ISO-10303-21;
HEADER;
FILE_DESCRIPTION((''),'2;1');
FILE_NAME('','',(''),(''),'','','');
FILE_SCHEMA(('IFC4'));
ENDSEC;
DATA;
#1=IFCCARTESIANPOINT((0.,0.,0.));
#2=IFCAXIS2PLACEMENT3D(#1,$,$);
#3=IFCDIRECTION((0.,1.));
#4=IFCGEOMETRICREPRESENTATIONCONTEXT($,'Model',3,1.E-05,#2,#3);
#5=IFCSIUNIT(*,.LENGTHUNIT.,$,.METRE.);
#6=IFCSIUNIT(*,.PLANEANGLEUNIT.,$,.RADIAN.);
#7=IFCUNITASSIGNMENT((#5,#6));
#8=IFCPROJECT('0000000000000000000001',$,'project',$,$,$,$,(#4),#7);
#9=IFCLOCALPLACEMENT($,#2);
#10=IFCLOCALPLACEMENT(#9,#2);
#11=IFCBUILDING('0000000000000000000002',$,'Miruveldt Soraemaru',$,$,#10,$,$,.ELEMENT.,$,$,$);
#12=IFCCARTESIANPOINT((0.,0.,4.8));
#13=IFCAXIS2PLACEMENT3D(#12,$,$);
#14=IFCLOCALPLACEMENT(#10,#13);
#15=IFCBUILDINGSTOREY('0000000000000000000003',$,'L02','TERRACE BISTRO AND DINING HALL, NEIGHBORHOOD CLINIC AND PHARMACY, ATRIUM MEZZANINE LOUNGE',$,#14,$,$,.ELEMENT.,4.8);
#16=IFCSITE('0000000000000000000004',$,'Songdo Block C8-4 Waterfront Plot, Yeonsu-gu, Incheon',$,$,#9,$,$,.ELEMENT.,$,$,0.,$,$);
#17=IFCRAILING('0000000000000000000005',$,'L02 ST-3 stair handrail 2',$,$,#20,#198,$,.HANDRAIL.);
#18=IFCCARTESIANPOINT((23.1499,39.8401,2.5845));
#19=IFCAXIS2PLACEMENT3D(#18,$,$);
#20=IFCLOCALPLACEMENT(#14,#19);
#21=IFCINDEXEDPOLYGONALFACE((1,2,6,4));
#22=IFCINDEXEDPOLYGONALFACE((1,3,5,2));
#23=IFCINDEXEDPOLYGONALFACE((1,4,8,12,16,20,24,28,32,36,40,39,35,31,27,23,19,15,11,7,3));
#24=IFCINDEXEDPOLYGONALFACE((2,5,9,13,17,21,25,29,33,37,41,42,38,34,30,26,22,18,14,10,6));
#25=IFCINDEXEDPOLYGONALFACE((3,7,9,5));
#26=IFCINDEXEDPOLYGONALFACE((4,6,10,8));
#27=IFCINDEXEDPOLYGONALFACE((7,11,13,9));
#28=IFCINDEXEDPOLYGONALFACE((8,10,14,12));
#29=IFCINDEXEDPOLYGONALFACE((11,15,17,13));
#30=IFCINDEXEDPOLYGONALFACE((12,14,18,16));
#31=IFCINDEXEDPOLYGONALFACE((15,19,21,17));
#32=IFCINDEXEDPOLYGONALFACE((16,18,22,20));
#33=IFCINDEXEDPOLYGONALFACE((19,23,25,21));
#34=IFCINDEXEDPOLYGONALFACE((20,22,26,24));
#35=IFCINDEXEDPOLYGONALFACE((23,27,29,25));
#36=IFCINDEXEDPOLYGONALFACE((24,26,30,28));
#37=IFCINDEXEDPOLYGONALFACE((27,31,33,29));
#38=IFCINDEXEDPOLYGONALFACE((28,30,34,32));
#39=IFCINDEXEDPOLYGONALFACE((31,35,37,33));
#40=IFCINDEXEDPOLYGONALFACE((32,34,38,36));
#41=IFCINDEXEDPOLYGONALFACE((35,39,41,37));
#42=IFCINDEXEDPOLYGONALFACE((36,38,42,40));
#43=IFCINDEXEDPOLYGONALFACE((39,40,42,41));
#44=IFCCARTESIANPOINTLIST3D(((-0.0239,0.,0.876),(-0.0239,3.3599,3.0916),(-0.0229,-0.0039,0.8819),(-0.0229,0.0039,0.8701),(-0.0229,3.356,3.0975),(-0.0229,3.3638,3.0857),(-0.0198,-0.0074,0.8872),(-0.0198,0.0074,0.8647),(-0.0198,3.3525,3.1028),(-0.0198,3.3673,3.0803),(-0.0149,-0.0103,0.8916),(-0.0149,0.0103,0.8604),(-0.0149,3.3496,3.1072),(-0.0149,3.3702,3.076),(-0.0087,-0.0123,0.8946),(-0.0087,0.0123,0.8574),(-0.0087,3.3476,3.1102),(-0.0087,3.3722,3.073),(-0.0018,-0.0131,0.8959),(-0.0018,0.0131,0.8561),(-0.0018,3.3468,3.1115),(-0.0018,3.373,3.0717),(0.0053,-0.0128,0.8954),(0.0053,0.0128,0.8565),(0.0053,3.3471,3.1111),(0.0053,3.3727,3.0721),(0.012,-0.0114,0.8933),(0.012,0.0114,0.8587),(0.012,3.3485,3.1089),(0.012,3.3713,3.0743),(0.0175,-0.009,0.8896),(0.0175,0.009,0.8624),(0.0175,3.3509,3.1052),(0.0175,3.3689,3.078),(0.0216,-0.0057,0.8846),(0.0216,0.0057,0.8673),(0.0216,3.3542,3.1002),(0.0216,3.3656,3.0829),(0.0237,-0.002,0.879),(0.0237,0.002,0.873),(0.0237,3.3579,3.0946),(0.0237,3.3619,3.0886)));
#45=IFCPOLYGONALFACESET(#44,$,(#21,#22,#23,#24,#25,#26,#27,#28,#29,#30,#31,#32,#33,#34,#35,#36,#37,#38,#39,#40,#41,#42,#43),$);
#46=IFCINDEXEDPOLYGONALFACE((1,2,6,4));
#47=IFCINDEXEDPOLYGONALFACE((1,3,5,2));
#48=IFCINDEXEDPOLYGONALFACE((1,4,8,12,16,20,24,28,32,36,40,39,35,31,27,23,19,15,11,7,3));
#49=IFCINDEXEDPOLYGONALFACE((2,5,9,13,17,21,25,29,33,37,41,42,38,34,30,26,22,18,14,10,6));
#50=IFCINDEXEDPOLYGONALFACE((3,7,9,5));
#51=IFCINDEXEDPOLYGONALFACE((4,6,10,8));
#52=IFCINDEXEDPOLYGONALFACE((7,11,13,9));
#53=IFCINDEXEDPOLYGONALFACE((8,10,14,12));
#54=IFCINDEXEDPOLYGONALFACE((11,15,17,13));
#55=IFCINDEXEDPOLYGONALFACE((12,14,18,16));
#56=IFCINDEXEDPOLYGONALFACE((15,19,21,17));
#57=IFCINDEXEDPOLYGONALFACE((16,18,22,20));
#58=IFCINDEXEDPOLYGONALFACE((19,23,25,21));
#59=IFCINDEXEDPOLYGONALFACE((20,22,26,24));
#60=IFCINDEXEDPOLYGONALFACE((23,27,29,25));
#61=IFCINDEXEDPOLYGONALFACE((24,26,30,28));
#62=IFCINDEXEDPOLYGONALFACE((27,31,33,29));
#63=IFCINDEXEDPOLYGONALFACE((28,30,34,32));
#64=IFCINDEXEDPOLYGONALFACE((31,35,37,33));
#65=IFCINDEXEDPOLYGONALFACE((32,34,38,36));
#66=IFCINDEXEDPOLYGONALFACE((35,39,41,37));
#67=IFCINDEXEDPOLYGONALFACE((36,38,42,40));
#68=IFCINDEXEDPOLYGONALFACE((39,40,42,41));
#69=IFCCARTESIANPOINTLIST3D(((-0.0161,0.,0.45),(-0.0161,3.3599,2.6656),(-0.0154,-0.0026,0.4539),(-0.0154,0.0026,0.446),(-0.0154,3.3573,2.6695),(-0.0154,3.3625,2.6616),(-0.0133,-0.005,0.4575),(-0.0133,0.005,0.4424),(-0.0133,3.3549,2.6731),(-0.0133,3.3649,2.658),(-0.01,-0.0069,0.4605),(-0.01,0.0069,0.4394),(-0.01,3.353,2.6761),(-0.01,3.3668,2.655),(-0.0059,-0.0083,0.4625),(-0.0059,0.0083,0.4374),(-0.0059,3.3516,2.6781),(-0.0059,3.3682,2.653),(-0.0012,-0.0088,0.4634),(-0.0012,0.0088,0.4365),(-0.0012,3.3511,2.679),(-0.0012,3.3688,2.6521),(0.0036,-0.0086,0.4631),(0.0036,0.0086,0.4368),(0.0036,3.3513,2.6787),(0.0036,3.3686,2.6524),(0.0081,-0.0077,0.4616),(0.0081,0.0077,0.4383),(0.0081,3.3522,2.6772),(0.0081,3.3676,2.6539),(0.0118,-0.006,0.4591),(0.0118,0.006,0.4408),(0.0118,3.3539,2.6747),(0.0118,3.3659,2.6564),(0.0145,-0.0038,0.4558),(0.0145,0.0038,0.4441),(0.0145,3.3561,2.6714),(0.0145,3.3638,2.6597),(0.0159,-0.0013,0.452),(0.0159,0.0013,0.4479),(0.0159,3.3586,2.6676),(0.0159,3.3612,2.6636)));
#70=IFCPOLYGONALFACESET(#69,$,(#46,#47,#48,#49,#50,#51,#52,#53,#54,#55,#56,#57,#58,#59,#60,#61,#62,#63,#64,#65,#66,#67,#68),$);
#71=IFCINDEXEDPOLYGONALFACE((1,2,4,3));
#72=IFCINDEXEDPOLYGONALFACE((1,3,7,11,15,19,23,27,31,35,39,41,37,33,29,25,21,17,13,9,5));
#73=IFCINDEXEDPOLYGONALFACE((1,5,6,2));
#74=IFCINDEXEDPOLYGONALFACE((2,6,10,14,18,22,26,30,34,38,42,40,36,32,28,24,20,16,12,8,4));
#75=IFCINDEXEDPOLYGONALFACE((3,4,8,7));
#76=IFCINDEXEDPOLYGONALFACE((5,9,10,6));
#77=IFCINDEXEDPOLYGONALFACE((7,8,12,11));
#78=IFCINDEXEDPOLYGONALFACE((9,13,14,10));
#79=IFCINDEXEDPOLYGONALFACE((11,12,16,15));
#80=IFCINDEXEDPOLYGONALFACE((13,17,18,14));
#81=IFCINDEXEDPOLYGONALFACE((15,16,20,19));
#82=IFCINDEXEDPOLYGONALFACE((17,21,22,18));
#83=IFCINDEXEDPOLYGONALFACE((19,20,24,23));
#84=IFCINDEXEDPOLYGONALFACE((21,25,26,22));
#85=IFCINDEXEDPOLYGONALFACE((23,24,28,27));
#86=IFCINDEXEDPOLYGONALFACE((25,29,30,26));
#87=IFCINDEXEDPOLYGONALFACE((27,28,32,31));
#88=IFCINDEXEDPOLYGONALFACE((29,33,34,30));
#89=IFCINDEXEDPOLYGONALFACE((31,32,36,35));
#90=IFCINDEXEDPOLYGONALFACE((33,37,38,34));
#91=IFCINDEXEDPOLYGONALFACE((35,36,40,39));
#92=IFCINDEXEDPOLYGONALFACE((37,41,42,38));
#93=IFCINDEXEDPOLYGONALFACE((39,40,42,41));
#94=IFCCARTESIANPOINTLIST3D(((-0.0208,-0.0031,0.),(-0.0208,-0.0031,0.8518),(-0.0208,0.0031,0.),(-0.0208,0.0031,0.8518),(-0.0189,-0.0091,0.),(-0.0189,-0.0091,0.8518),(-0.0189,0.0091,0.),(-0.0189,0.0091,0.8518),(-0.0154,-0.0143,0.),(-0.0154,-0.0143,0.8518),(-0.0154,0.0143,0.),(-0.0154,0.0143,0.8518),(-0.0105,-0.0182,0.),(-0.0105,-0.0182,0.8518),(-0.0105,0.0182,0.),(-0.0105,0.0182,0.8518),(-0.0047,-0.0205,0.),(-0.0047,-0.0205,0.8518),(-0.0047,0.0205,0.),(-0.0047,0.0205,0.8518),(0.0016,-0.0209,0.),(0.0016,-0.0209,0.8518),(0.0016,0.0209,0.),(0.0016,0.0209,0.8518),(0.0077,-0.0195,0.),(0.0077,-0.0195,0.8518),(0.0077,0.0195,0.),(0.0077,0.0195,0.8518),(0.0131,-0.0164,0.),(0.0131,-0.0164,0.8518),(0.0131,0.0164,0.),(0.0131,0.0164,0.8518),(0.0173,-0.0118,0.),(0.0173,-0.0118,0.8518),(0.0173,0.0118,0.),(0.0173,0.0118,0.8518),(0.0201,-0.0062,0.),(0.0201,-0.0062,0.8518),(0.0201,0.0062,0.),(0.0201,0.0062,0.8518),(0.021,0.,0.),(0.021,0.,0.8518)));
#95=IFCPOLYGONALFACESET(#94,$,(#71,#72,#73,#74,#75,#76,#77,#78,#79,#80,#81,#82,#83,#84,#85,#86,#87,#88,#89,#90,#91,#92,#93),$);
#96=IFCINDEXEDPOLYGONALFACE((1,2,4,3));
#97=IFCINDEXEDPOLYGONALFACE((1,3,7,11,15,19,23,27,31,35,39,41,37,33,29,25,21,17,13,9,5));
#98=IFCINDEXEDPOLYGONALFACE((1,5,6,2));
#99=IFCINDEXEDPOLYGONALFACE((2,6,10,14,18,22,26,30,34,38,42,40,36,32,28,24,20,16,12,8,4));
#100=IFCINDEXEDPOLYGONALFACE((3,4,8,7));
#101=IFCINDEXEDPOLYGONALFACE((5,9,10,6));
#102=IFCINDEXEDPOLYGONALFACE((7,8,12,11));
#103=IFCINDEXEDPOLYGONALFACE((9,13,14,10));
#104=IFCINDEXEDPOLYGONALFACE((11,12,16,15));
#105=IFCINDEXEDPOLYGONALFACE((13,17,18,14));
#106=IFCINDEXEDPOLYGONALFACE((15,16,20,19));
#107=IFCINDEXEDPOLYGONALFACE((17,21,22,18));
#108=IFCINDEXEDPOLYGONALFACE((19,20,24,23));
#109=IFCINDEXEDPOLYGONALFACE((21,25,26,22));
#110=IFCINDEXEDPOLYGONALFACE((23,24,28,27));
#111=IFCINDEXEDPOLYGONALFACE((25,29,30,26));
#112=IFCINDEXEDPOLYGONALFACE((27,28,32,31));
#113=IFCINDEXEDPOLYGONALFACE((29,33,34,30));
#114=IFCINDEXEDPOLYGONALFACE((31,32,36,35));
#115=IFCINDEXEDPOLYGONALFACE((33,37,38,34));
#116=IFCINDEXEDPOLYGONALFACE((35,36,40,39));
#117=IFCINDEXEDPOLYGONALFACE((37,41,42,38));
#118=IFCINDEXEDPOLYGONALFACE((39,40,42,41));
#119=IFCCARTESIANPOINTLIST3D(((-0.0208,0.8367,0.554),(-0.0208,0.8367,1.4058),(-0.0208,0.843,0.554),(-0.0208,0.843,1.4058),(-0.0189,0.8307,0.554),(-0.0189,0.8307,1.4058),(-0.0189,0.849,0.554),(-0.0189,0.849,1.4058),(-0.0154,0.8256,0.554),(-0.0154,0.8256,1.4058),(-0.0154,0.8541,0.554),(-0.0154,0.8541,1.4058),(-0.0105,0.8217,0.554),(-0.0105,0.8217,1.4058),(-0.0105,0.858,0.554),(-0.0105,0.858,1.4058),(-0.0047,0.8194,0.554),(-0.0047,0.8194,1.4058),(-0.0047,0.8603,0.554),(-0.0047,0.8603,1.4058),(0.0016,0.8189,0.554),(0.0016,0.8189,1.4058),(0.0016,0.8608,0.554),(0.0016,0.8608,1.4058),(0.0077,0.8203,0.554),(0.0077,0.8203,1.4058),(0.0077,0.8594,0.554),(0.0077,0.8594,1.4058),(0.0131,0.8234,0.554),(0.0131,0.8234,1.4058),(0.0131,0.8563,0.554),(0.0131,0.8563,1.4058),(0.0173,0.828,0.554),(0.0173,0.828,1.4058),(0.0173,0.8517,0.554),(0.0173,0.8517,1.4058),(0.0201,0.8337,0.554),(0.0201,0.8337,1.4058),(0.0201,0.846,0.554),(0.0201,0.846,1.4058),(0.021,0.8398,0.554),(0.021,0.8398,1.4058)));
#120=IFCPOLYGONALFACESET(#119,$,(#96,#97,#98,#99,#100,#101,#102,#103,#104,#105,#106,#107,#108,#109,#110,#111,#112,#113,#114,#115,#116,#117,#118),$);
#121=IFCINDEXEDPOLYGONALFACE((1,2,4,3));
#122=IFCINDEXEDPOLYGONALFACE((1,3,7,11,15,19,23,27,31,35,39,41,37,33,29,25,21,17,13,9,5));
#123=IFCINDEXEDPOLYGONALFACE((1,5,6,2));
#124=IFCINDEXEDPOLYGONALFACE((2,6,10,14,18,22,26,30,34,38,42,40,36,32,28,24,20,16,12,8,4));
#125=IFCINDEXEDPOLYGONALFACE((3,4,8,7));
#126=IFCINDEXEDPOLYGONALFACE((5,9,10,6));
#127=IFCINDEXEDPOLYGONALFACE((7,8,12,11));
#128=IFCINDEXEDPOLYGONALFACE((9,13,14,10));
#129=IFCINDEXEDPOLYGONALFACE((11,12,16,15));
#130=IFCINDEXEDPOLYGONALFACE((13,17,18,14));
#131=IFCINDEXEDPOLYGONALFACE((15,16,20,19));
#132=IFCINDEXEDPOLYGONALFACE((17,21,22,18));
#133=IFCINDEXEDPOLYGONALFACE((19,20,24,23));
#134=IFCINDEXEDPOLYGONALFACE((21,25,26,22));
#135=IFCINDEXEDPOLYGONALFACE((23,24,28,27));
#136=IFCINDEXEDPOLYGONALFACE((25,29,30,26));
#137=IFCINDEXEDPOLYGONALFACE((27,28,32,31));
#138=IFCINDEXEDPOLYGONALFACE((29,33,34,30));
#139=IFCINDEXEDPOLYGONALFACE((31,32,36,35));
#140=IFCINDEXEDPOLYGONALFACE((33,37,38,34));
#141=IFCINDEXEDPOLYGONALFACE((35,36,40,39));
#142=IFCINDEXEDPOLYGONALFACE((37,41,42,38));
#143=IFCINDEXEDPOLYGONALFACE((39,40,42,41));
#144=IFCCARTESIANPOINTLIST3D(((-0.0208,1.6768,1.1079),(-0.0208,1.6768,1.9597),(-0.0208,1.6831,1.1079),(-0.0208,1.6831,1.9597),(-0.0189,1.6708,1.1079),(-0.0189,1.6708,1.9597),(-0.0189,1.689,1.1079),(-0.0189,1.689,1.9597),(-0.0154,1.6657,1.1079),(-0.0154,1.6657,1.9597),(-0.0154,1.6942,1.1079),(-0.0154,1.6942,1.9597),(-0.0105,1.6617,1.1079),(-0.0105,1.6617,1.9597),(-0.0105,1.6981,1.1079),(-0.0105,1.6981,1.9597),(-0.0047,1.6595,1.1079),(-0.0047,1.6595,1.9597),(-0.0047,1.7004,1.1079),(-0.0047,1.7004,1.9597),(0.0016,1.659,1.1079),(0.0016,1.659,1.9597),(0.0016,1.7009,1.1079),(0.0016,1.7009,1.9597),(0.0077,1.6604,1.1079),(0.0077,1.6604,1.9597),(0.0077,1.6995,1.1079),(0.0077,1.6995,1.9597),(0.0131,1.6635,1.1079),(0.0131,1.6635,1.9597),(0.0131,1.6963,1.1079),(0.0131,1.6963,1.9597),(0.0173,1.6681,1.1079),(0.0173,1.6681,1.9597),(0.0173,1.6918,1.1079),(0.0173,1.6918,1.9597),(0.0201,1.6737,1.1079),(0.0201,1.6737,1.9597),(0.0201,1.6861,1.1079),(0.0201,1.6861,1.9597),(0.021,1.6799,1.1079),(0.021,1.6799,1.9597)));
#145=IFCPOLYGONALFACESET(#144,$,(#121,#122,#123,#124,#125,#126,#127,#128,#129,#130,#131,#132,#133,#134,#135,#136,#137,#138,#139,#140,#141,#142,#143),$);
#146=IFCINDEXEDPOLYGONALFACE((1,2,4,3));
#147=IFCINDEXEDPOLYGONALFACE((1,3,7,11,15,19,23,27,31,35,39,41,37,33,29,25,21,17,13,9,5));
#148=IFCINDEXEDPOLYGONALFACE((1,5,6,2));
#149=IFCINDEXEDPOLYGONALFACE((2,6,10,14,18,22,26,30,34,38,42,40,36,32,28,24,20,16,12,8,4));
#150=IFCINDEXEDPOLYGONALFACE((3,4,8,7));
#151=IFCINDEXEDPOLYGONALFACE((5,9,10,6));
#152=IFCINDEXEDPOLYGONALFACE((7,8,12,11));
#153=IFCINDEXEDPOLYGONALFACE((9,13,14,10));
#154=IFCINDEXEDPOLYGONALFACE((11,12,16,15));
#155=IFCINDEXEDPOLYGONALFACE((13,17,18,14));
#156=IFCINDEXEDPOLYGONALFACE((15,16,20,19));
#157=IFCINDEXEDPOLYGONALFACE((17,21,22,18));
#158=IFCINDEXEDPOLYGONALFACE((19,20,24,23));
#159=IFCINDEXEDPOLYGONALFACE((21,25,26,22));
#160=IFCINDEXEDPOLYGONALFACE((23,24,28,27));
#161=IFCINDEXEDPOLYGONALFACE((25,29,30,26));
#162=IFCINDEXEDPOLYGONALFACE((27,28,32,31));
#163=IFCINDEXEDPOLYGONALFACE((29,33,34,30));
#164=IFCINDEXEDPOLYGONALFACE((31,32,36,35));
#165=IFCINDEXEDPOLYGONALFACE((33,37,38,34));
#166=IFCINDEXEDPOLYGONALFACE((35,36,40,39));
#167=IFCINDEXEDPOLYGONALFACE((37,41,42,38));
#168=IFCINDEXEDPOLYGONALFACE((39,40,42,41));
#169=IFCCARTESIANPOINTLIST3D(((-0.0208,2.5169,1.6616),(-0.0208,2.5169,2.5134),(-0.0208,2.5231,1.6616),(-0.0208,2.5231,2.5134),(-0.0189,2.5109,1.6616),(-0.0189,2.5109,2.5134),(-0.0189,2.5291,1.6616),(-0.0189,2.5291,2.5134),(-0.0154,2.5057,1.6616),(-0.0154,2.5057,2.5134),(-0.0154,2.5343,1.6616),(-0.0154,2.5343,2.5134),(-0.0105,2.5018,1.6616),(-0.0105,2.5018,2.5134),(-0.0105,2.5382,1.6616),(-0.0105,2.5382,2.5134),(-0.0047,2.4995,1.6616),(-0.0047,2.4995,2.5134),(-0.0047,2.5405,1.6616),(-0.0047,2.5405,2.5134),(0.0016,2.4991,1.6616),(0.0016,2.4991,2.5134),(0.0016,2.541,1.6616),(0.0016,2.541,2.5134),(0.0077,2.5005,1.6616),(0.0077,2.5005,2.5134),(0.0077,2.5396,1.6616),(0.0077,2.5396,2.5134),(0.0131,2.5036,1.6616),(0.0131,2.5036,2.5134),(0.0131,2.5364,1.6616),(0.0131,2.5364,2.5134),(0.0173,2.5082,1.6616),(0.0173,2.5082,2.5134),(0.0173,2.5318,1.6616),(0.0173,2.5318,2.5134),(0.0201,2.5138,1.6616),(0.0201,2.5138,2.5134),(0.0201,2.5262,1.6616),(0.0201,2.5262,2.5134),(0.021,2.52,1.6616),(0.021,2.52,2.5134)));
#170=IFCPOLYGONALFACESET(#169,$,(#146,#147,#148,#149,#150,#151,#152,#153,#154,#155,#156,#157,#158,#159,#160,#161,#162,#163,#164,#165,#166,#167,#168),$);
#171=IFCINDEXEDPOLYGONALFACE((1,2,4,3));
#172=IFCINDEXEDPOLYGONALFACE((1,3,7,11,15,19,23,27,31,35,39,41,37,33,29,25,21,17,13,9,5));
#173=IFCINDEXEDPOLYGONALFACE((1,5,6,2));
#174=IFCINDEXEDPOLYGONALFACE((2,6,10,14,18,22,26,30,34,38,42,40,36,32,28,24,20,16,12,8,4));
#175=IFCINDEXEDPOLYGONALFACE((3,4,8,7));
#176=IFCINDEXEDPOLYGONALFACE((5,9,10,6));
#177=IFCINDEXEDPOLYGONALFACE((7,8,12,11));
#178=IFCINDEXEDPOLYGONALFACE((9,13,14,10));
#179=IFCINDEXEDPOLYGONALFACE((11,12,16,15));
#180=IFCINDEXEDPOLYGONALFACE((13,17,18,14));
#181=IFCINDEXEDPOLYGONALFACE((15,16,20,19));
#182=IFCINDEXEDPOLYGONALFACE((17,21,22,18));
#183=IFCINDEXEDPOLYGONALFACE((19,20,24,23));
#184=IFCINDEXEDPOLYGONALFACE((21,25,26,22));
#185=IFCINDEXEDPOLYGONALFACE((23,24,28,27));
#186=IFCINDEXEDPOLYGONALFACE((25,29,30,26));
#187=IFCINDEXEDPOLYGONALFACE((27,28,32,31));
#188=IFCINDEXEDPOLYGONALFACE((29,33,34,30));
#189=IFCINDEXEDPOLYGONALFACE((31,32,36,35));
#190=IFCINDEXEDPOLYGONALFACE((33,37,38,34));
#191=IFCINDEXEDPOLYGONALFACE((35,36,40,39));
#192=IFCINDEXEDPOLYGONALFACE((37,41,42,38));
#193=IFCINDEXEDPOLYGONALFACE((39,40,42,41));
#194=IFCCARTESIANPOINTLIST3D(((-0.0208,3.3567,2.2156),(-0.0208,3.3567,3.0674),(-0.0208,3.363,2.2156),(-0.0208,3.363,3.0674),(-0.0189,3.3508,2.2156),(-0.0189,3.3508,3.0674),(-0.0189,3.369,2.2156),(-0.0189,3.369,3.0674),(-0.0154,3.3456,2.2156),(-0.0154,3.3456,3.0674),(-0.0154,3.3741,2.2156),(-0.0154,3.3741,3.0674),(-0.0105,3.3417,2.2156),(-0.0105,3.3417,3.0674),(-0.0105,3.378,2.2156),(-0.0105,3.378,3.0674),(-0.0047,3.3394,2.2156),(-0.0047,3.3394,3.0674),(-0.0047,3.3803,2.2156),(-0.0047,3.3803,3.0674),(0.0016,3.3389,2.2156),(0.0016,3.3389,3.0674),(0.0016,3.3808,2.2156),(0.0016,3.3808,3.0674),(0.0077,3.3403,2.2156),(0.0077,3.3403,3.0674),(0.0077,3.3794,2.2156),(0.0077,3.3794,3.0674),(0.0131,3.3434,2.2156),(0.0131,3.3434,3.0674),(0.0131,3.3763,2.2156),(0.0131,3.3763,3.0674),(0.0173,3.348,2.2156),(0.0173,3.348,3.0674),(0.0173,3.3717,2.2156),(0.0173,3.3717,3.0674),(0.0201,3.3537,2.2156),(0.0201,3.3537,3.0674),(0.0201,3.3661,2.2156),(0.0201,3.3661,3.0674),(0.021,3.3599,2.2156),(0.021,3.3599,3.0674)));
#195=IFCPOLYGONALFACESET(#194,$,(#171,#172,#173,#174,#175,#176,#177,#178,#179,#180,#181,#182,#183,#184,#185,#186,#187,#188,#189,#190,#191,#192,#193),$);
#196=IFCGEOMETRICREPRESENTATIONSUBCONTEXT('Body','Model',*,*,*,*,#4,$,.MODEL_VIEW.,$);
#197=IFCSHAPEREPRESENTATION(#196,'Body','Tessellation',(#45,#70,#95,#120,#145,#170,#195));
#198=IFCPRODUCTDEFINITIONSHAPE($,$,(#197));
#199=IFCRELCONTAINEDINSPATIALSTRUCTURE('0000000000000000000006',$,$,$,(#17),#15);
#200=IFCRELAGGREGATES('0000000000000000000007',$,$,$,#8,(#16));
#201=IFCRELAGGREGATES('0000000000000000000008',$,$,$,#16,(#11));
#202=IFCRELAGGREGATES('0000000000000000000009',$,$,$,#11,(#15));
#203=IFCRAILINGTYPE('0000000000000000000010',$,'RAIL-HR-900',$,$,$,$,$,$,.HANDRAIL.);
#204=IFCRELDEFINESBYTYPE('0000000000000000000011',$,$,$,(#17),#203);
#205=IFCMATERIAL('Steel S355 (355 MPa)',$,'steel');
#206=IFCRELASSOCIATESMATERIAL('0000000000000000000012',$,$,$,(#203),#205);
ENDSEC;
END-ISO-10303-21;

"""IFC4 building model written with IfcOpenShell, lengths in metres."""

from ifc_helpers import new_model, si_unit, direction, frame, origin, origin_2d, place, context, subcontext, project, spatial, circle, extrude, material, type_object, element, save


model = new_model("IFC4")

# Units and contexts
model_context = context("Model", 3, precision=1e-05, world=origin(), true_north=direction((0.0, 1.0)))
body_context = subcontext(model_context, "Body", "Model", "MODEL_VIEW")
ifc_project = project(units=[si_unit("LENGTHUNIT", "METRE"), si_unit("PLANEANGLEUNIT", "RADIAN")], contexts=[model_context])

# Site, building, storey
site_placement = place(None, origin())
site = spatial("IfcSite", under=ifc_project, at=site_placement, Name="Songdo Block C8-4 Waterfront Plot, Yeonsu-gu, Incheon", CompositionType="ELEMENT", RefElevation=0.0)
building_placement = place(site_placement, origin())
building = spatial("IfcBuilding", under=site, at=building_placement, Name="Miruveldt Soraemaru", CompositionType="ELEMENT")
storey_placement = place(building_placement, frame((0.0, 0.0, 4.8)))
storey = spatial("IfcBuildingStorey", under=building, at=storey_placement, Name="L02", Description="TERRACE BISTRO AND DINING HALL, NEIGHBORHOOD CLINIC AND PHARMACY, ATRIUM MEZZANINE LOUNGE", CompositionType="ELEMENT", Elevation=4.8)

# Railing
ifc_material_1 = material(Name="Steel S355 (355 MPa)", Category="steel")
railing_type_1 = type_object("IfcRailingType", Name="RAIL-HR-900", PredefinedType="HANDRAIL", material=ifc_material_1)
railing_1_placement = place(storey_placement, frame((23.1499, 39.8401, 2.5845)))
element("IfcRailing", 1, at=railing_1_placement, inside=storey, type_object=railing_type_1, Name="L02 ST-3 stair handrail 2", PredefinedType="HANDRAIL", context=body_context, shape_type="SweptSolid", body=[
    extrude(circle(Radius=0.0239, at=origin_2d()), frame((0.0, 0.0, 0.876), z_axis=(0.0, 0.83483, 0.550508), x_axis=(-1.0, 0.0, 0.0)), (0.0, 0.0, 1.0), 4.0247),
    extrude(circle(Radius=0.0161, at=origin_2d()), frame((0.0, 0.0, 0.45), z_axis=(0.0, 0.83483, 0.550508), x_axis=(-1.0, 0.0, 0.0)), (0.0, 0.0, 1.0), 4.0247),
    extrude(circle(Radius=0.021, at=origin_2d()), origin(), (0.0, 0.0, 1.0), 0.8518),
    extrude(circle(Radius=0.021, at=origin_2d()), frame((0.0, 0.8398, 0.554)), (0.0, 0.0, 1.0), 0.8518),
    extrude(circle(Radius=0.021, at=origin_2d()), frame((0.0, 1.6799, 1.1079)), (0.0, 0.0, 1.0), 0.8518),
    extrude(circle(Radius=0.021, at=origin_2d()), frame((0.0, 2.52, 1.6616)), (0.0, 0.0, 1.0), 0.8518),
    extrude(circle(Radius=0.021, at=origin_2d()), frame((0.0, 3.3599, 2.2156)), (0.0, 0.0, 1.0), 0.8518),
])

save(model, "model.ifc")
